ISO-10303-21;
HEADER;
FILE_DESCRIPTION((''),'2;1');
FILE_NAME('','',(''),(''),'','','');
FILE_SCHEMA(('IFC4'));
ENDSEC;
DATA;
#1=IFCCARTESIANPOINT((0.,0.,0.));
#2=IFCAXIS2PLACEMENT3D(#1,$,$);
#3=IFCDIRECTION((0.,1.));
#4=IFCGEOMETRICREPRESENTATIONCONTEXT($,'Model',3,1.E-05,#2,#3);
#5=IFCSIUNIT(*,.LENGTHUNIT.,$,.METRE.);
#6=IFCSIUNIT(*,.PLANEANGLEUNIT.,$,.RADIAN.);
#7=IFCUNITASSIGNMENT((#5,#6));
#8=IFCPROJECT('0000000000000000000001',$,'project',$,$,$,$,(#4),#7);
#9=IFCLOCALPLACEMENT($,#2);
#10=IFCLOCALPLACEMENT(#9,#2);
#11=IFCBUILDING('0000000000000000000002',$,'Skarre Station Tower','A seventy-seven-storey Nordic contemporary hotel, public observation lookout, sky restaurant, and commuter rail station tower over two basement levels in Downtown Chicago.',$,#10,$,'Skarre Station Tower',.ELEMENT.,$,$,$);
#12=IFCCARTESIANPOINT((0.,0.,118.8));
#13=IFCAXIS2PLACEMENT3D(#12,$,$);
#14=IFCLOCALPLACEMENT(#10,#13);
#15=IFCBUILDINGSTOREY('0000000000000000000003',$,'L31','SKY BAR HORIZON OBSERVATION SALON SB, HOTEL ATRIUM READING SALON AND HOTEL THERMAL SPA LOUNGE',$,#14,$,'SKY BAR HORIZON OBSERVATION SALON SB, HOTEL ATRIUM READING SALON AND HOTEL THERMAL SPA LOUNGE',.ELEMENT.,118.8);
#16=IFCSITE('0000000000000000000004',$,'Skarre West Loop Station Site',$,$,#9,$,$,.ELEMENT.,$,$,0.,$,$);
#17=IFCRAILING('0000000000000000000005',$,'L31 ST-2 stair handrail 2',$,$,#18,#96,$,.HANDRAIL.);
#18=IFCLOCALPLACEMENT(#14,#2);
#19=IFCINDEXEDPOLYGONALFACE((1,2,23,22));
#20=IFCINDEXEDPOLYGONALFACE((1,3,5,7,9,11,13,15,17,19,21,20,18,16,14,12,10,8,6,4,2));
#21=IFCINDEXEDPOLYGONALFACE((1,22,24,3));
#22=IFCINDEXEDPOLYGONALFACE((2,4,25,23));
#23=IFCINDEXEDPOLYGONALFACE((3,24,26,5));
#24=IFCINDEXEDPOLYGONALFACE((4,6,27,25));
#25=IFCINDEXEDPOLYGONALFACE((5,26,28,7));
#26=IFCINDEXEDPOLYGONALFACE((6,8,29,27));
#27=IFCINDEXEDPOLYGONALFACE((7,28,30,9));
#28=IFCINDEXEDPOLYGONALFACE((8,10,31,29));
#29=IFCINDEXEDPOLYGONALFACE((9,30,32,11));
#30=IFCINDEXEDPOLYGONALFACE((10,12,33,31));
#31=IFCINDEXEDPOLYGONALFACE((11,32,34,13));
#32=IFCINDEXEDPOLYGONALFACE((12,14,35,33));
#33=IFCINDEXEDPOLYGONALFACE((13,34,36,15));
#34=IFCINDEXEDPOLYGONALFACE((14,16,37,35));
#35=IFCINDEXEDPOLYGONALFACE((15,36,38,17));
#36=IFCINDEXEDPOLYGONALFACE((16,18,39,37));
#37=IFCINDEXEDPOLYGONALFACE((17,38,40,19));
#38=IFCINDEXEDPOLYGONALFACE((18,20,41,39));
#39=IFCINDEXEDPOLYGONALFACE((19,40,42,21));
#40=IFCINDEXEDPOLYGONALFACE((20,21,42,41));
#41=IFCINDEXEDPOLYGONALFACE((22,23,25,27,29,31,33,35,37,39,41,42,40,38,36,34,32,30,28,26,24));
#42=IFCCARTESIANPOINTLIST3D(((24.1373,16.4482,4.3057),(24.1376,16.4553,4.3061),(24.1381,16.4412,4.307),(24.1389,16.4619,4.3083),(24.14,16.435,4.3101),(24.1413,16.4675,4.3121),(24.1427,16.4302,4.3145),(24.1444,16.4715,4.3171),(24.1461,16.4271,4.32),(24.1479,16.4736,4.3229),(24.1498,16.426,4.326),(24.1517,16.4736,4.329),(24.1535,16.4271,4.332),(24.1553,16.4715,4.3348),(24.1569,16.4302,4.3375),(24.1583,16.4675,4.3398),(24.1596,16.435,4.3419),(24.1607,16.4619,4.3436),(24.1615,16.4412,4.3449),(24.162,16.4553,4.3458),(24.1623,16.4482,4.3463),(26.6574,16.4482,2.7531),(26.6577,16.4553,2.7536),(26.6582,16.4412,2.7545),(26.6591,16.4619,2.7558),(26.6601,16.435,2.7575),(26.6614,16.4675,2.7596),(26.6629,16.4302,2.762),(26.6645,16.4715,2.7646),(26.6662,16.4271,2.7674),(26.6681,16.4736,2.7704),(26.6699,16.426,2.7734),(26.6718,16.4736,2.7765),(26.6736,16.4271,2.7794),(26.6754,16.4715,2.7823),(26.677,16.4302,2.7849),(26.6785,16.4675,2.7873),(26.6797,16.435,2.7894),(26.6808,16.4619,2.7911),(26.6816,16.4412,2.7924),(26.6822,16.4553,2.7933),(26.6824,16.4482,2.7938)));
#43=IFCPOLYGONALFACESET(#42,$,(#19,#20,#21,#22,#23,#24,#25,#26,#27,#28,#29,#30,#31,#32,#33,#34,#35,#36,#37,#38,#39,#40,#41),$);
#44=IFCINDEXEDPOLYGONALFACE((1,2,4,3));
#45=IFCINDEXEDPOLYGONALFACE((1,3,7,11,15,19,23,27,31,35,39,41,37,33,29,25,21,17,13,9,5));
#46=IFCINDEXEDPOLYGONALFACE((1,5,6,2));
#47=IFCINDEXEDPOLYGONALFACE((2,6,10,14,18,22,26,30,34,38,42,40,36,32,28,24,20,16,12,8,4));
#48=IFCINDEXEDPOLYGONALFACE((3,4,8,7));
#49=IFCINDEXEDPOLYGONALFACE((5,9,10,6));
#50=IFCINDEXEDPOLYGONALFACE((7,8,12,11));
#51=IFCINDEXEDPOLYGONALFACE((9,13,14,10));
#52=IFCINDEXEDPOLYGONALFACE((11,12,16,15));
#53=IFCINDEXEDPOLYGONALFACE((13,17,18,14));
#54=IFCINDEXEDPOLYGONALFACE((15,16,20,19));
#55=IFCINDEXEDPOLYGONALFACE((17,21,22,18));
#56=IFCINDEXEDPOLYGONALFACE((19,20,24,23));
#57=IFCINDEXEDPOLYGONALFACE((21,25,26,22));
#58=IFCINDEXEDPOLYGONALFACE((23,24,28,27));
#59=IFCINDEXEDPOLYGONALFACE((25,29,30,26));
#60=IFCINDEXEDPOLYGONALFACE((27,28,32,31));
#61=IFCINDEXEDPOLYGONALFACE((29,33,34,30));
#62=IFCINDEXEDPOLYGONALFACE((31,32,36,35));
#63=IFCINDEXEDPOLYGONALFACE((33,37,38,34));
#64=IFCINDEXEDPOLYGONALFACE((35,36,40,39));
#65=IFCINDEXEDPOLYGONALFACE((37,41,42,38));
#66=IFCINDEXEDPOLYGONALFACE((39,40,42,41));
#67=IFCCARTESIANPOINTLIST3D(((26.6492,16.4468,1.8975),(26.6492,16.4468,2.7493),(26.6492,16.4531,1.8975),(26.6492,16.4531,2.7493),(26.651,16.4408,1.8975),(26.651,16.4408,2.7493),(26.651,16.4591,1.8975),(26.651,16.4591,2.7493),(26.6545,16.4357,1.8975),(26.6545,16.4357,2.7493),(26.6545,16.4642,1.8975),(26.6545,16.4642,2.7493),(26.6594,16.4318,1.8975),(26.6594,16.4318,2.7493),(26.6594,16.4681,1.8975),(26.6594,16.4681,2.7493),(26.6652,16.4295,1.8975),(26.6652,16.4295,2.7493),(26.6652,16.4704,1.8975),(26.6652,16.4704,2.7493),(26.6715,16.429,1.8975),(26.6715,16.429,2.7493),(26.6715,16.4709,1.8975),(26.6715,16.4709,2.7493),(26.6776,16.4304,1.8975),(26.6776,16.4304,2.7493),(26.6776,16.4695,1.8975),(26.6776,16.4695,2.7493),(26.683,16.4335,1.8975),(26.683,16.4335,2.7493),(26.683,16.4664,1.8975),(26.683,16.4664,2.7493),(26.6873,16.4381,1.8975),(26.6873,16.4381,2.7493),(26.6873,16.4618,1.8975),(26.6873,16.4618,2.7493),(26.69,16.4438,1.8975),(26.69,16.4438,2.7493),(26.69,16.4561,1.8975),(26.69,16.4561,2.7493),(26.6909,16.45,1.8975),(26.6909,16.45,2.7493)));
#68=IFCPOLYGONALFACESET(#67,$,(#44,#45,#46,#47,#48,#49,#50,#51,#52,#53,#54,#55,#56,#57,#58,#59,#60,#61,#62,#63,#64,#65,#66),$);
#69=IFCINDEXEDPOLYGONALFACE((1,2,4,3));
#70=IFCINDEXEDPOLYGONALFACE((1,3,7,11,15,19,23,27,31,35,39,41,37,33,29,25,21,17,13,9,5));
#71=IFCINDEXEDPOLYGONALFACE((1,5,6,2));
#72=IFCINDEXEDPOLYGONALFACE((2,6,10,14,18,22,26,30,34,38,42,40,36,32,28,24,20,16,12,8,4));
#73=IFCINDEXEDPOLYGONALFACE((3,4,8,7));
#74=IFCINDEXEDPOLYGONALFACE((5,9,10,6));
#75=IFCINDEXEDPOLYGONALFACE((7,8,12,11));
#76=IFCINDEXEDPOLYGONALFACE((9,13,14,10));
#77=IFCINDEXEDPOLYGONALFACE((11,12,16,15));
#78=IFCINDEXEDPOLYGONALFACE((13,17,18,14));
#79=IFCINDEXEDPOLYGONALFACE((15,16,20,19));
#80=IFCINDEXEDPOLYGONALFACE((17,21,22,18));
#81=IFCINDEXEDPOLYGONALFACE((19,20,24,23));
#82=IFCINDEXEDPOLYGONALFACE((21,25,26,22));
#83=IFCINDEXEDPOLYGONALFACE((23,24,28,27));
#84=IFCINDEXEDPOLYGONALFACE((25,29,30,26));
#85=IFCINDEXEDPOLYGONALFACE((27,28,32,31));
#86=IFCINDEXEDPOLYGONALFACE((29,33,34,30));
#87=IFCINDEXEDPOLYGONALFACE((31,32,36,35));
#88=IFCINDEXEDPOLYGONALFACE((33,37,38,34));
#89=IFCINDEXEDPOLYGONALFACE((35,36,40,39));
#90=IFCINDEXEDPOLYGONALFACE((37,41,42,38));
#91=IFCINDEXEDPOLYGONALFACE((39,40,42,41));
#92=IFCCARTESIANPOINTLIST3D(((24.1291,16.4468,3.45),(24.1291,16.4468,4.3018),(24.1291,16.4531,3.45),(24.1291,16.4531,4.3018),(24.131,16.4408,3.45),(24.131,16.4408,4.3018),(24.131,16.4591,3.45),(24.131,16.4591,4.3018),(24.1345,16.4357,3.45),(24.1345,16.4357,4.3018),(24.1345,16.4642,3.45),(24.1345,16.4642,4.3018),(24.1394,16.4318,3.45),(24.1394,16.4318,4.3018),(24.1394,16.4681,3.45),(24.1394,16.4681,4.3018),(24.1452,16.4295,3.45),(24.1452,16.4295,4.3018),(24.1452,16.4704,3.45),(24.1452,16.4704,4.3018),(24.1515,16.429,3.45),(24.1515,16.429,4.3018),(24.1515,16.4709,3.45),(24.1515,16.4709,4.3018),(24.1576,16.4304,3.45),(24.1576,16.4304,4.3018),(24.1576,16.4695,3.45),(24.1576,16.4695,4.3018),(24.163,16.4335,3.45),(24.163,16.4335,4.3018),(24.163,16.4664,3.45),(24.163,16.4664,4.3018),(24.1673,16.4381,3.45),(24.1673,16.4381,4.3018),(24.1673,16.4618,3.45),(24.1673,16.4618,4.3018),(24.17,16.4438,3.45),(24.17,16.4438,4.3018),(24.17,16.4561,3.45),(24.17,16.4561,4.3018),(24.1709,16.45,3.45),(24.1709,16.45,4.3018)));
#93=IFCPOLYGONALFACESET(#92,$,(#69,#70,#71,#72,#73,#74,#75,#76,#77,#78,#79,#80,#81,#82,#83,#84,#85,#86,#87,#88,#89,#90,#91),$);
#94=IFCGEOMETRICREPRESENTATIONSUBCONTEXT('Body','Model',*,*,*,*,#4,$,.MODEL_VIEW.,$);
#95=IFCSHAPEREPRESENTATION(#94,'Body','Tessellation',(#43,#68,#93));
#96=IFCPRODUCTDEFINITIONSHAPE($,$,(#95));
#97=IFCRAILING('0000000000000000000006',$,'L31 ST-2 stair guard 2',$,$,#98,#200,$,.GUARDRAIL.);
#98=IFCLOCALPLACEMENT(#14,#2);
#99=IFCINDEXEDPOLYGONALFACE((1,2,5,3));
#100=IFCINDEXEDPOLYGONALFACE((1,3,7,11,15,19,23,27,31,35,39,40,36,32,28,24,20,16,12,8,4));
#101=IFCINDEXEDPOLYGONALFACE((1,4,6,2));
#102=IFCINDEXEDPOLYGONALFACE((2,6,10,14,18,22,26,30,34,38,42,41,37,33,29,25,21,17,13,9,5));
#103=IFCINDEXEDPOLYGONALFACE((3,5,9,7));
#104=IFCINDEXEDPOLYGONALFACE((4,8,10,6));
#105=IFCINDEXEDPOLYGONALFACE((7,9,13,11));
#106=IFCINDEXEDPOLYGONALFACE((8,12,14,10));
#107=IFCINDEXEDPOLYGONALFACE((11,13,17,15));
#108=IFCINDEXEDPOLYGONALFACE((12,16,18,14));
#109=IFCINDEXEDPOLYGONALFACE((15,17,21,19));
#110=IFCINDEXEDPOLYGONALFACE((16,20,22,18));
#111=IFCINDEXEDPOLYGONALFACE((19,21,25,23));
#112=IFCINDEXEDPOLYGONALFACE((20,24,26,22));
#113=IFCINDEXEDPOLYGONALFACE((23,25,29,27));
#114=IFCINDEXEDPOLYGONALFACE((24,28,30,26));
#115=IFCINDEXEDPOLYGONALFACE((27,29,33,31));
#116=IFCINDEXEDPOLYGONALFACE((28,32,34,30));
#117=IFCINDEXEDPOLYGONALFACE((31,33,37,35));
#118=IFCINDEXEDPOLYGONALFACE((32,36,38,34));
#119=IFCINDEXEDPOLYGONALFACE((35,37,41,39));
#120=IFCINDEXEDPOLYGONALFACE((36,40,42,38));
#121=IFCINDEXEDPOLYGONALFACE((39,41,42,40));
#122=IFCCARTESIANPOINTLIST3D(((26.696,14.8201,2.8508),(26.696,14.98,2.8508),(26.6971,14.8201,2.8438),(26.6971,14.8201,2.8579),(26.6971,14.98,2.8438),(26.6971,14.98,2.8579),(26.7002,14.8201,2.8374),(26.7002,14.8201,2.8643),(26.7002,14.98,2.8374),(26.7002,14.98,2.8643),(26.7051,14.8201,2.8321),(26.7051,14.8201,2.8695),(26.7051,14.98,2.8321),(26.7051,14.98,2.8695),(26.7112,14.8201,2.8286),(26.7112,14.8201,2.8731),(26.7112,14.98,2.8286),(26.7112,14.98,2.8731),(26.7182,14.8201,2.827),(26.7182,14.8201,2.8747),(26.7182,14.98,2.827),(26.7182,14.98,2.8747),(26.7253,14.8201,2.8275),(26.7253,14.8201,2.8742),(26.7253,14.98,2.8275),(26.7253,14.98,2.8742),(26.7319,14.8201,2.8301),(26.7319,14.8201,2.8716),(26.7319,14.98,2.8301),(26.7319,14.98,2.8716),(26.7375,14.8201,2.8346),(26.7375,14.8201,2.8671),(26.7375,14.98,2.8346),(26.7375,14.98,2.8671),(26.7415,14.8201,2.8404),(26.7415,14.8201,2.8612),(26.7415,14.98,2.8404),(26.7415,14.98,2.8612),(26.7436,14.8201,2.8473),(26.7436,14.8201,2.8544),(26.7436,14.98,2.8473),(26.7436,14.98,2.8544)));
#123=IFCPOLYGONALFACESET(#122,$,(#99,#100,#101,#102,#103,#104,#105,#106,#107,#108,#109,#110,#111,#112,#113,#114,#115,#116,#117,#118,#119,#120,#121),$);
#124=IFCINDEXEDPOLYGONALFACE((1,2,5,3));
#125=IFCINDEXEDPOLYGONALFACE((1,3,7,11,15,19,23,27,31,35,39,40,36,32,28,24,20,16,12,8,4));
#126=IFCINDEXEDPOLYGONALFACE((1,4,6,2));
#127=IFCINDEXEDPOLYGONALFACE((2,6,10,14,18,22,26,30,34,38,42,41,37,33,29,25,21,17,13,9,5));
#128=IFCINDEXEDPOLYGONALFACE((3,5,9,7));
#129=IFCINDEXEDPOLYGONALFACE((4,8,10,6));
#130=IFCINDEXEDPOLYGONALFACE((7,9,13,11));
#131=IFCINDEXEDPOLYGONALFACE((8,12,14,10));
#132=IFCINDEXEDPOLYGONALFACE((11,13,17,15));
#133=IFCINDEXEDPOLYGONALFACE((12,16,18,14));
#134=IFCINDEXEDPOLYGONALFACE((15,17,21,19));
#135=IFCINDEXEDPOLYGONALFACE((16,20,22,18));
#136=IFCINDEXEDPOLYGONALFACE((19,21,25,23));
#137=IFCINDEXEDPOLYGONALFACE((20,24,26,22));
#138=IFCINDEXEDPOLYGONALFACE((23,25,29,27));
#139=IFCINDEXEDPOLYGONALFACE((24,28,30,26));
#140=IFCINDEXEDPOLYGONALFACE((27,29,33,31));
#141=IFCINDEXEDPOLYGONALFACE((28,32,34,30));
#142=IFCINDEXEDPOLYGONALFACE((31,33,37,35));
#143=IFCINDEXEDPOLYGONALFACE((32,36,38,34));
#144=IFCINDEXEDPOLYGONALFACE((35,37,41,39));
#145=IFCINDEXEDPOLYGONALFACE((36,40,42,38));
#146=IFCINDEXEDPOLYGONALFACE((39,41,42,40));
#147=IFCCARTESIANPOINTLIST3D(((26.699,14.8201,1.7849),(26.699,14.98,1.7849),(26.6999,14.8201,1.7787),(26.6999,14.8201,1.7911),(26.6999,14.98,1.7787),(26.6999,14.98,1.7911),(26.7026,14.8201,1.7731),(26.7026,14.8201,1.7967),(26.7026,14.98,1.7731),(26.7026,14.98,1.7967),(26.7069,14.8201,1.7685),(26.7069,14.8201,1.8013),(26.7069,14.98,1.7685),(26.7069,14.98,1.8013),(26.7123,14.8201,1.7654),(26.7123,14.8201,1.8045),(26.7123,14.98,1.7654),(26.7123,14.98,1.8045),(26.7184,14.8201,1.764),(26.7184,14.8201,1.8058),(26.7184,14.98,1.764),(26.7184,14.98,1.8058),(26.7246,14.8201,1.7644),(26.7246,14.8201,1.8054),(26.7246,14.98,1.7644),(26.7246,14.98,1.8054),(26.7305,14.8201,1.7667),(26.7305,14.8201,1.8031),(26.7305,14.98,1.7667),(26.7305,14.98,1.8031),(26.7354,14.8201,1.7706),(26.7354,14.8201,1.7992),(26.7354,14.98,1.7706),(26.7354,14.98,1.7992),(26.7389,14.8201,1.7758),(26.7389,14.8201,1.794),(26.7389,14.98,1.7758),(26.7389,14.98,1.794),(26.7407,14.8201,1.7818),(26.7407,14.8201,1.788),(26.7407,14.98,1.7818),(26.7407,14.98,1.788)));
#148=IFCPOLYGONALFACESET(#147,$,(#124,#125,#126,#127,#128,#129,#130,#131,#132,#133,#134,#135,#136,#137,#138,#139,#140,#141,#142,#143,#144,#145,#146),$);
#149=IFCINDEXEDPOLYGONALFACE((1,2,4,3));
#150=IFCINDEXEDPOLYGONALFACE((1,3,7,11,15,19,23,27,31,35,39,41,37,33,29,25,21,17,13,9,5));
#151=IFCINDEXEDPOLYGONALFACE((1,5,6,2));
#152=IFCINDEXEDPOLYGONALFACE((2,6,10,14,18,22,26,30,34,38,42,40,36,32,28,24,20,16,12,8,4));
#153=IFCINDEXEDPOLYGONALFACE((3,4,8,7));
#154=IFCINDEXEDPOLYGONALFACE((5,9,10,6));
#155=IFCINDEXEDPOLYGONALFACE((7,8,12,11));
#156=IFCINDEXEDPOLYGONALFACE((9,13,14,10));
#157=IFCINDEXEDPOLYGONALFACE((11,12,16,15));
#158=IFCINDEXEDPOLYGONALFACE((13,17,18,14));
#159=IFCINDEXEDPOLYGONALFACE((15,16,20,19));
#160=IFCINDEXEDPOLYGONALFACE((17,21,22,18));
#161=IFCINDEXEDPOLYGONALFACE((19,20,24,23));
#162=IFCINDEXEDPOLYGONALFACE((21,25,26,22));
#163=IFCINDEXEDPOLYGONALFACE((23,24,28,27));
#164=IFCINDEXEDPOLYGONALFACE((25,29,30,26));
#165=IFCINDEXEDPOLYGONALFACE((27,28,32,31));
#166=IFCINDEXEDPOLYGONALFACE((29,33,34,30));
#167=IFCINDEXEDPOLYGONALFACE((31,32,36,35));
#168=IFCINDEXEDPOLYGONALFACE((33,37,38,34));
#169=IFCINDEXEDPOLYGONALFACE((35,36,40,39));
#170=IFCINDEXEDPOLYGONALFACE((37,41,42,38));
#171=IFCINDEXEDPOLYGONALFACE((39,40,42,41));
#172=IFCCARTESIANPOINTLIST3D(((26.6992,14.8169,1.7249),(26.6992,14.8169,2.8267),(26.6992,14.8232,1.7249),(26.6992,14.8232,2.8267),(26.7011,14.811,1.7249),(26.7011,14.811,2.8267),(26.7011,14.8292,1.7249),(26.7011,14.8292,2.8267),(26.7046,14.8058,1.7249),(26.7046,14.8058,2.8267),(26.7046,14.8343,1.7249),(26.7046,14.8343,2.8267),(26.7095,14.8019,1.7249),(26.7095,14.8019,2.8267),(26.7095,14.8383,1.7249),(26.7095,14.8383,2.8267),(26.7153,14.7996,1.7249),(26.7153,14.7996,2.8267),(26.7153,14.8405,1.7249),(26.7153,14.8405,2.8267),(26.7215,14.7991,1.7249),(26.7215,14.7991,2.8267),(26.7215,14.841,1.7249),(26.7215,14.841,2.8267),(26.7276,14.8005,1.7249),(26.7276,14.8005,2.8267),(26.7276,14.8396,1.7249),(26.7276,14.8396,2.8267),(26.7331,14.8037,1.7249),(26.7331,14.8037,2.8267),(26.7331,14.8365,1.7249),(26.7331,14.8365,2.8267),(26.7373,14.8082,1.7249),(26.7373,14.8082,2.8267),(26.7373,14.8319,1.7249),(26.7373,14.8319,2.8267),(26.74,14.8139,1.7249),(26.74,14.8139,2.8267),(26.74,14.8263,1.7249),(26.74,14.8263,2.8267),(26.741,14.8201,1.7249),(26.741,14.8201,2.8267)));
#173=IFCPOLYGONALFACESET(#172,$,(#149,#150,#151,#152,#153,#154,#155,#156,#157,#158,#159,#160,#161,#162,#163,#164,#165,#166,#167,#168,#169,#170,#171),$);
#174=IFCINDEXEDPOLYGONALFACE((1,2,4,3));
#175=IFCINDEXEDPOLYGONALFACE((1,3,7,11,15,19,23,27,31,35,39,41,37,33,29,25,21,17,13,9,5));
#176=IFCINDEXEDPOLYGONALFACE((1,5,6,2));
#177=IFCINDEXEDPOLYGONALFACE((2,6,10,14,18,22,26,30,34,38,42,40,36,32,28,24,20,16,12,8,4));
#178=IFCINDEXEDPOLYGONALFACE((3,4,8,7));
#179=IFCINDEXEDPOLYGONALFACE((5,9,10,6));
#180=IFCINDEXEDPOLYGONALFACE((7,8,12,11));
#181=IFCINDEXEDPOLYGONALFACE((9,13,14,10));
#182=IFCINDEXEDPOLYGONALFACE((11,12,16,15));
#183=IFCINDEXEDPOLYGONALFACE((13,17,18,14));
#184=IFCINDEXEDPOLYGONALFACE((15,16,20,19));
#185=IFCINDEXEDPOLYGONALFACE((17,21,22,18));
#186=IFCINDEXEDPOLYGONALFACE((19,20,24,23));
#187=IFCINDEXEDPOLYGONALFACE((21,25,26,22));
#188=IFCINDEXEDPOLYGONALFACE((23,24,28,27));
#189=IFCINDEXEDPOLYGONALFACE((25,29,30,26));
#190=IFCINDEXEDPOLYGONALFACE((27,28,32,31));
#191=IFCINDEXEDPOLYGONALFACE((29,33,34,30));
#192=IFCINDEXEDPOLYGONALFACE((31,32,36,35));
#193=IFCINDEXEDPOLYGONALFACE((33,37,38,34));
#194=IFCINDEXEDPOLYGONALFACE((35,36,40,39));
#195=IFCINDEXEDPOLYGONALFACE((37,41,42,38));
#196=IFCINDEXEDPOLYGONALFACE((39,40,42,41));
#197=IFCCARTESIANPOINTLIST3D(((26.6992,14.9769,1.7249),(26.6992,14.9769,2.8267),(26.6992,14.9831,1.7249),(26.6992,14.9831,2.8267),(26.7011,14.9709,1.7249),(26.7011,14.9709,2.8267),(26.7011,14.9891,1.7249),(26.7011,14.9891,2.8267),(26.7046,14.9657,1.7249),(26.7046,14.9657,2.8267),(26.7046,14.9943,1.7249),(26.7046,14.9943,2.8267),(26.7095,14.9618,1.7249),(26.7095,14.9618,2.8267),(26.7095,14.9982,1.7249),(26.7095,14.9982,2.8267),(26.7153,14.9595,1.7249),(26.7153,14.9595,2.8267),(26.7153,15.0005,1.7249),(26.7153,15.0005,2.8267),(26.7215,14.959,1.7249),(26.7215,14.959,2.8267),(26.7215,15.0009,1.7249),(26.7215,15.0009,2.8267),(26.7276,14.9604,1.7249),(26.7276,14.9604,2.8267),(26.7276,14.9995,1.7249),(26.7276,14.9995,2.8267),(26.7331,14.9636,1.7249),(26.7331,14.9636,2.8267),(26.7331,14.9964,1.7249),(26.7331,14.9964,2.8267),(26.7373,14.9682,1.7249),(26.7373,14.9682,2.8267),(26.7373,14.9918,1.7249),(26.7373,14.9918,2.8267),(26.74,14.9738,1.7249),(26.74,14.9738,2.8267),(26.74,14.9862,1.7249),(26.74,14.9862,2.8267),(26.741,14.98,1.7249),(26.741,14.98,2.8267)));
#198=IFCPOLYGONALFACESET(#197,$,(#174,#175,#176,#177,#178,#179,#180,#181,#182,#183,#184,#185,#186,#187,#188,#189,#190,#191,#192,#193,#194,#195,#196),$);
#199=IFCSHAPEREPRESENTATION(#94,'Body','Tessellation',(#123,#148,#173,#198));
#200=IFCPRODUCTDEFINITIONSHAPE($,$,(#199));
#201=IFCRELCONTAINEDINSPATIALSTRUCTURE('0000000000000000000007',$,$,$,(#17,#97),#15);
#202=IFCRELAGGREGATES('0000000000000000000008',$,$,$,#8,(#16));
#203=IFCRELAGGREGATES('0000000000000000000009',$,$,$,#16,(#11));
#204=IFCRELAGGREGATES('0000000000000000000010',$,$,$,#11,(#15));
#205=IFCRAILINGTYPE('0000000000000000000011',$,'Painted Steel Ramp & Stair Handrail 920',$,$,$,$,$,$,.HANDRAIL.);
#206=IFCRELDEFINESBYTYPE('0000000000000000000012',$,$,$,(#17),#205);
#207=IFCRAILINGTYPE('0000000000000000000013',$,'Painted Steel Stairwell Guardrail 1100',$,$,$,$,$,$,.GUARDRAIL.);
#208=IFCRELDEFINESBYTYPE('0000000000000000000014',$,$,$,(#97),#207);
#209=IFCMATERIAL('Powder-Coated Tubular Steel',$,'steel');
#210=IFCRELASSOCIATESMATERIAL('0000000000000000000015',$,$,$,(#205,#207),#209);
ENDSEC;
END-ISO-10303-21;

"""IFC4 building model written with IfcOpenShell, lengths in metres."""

from ifc_helpers import new_model, si_unit, direction, frame, origin, origin_2d, place, context, subcontext, project, spatial, circle, extrude, material, type_object, element, save


model = new_model("IFC4")

# Units and contexts
model_context = context("Model", 3, precision=1e-05, world=origin(), true_north=direction((0.0, 1.0)))
body_context = subcontext(model_context, "Body", "Model", "MODEL_VIEW")
ifc_project = project(units=[si_unit("LENGTHUNIT", "METRE"), si_unit("PLANEANGLEUNIT", "RADIAN")], contexts=[model_context])

# Site, building, storey
site_placement = place(None, origin())
site = spatial("IfcSite", under=ifc_project, at=site_placement, Name="Skarre West Loop Station Site", CompositionType="ELEMENT", RefElevation=0.0)
building_placement = place(site_placement, origin())
building = spatial("IfcBuilding", under=site, at=building_placement, Name="Skarre Station Tower", Description="A seventy-seven-storey Nordic contemporary hotel, public observation lookout, sky restaurant, and commuter rail station tower over two basement levels in Downtown Chicago.", LongName="Skarre Station Tower", CompositionType="ELEMENT")
storey_placement = place(building_placement, frame((0.0, 0.0, 118.8)))
storey = spatial("IfcBuildingStorey", under=building, at=storey_placement, Name="L31", Description="SKY BAR HORIZON OBSERVATION SALON SB, HOTEL ATRIUM READING SALON AND HOTEL THERMAL SPA LOUNGE", LongName="SKY BAR HORIZON OBSERVATION SALON SB, HOTEL ATRIUM READING SALON AND HOTEL THERMAL SPA LOUNGE", CompositionType="ELEMENT", Elevation=118.8)

# Railings
ifc_material_1 = material(Name="Powder-Coated Tubular Steel", Category="steel")
railing_type_1 = type_object("IfcRailingType", Name="Painted Steel Ramp & Stair Handrail 920", PredefinedType="HANDRAIL", material=ifc_material_1)
railing_1_placement = place(storey_placement, frame((26.6699, 16.45, 1.8975)))
element("IfcRailing", 1, at=railing_1_placement, inside=storey, type_object=railing_type_1, Name="L31 ST-2 stair handrail 2", PredefinedType="HANDRAIL", context=body_context, shape_type="SweptSolid", body=[
    extrude(circle(Radius=0.0239, at=origin_2d()), frame((0.0, 0.0, 0.876), z_axis=(-0.8514, 0.0, 0.524516), x_axis=(0.0, -1.0, 0.0)), (0.0, 0.0, 1.0), 2.96),
    extrude(circle(Radius=0.021, at=origin_2d()), origin(), (0.0, 0.0, 1.0), 0.8518),
    extrude(circle(Radius=0.021, at=origin_2d()), frame((-2.52, 0.0, 1.5525)), (0.0, 0.0, 1.0), 0.8518),
])
railing_type_2 = type_object("IfcRailingType", Name="Painted Steel Stairwell Guardrail 1100", PredefinedType="GUARDRAIL", material=ifc_material_1)
railing_2_placement = place(storey_placement, frame((26.72, 14.8201, 1.7249)))
element("IfcRailing", 2, at=railing_2_placement, inside=storey, type_object=railing_type_2, Name="L31 ST-2 stair guard 2", PredefinedType="GUARDRAIL", context=body_context, shape_type="SweptSolid", body=[
    extrude(circle(Radius=0.0239, at=origin_2d()), frame((0.0, 0.0, 1.126), z_axis=(0.0, 1.0, 0.0), x_axis=(-1.0, 0.0, 0.0)), (0.0, 0.0, 1.0), 0.1599),
    extrude(circle(Radius=0.021, at=origin_2d()), frame((0.0, 0.0, 0.0601), z_axis=(0.0, 1.0, 0.0), x_axis=(-1.0, 0.0, 0.0)), (0.0, 0.0, 1.0), 0.1599),
    extrude(circle(Radius=0.021, at=origin_2d()), origin(), (0.0, 0.0, 1.0), 1.1018),
    extrude(circle(Radius=0.021, at=origin_2d()), frame((0.0, 0.1599, 0.0)), (0.0, 0.0, 1.0), 1.1018),
])

save(model, "model.ifc")
